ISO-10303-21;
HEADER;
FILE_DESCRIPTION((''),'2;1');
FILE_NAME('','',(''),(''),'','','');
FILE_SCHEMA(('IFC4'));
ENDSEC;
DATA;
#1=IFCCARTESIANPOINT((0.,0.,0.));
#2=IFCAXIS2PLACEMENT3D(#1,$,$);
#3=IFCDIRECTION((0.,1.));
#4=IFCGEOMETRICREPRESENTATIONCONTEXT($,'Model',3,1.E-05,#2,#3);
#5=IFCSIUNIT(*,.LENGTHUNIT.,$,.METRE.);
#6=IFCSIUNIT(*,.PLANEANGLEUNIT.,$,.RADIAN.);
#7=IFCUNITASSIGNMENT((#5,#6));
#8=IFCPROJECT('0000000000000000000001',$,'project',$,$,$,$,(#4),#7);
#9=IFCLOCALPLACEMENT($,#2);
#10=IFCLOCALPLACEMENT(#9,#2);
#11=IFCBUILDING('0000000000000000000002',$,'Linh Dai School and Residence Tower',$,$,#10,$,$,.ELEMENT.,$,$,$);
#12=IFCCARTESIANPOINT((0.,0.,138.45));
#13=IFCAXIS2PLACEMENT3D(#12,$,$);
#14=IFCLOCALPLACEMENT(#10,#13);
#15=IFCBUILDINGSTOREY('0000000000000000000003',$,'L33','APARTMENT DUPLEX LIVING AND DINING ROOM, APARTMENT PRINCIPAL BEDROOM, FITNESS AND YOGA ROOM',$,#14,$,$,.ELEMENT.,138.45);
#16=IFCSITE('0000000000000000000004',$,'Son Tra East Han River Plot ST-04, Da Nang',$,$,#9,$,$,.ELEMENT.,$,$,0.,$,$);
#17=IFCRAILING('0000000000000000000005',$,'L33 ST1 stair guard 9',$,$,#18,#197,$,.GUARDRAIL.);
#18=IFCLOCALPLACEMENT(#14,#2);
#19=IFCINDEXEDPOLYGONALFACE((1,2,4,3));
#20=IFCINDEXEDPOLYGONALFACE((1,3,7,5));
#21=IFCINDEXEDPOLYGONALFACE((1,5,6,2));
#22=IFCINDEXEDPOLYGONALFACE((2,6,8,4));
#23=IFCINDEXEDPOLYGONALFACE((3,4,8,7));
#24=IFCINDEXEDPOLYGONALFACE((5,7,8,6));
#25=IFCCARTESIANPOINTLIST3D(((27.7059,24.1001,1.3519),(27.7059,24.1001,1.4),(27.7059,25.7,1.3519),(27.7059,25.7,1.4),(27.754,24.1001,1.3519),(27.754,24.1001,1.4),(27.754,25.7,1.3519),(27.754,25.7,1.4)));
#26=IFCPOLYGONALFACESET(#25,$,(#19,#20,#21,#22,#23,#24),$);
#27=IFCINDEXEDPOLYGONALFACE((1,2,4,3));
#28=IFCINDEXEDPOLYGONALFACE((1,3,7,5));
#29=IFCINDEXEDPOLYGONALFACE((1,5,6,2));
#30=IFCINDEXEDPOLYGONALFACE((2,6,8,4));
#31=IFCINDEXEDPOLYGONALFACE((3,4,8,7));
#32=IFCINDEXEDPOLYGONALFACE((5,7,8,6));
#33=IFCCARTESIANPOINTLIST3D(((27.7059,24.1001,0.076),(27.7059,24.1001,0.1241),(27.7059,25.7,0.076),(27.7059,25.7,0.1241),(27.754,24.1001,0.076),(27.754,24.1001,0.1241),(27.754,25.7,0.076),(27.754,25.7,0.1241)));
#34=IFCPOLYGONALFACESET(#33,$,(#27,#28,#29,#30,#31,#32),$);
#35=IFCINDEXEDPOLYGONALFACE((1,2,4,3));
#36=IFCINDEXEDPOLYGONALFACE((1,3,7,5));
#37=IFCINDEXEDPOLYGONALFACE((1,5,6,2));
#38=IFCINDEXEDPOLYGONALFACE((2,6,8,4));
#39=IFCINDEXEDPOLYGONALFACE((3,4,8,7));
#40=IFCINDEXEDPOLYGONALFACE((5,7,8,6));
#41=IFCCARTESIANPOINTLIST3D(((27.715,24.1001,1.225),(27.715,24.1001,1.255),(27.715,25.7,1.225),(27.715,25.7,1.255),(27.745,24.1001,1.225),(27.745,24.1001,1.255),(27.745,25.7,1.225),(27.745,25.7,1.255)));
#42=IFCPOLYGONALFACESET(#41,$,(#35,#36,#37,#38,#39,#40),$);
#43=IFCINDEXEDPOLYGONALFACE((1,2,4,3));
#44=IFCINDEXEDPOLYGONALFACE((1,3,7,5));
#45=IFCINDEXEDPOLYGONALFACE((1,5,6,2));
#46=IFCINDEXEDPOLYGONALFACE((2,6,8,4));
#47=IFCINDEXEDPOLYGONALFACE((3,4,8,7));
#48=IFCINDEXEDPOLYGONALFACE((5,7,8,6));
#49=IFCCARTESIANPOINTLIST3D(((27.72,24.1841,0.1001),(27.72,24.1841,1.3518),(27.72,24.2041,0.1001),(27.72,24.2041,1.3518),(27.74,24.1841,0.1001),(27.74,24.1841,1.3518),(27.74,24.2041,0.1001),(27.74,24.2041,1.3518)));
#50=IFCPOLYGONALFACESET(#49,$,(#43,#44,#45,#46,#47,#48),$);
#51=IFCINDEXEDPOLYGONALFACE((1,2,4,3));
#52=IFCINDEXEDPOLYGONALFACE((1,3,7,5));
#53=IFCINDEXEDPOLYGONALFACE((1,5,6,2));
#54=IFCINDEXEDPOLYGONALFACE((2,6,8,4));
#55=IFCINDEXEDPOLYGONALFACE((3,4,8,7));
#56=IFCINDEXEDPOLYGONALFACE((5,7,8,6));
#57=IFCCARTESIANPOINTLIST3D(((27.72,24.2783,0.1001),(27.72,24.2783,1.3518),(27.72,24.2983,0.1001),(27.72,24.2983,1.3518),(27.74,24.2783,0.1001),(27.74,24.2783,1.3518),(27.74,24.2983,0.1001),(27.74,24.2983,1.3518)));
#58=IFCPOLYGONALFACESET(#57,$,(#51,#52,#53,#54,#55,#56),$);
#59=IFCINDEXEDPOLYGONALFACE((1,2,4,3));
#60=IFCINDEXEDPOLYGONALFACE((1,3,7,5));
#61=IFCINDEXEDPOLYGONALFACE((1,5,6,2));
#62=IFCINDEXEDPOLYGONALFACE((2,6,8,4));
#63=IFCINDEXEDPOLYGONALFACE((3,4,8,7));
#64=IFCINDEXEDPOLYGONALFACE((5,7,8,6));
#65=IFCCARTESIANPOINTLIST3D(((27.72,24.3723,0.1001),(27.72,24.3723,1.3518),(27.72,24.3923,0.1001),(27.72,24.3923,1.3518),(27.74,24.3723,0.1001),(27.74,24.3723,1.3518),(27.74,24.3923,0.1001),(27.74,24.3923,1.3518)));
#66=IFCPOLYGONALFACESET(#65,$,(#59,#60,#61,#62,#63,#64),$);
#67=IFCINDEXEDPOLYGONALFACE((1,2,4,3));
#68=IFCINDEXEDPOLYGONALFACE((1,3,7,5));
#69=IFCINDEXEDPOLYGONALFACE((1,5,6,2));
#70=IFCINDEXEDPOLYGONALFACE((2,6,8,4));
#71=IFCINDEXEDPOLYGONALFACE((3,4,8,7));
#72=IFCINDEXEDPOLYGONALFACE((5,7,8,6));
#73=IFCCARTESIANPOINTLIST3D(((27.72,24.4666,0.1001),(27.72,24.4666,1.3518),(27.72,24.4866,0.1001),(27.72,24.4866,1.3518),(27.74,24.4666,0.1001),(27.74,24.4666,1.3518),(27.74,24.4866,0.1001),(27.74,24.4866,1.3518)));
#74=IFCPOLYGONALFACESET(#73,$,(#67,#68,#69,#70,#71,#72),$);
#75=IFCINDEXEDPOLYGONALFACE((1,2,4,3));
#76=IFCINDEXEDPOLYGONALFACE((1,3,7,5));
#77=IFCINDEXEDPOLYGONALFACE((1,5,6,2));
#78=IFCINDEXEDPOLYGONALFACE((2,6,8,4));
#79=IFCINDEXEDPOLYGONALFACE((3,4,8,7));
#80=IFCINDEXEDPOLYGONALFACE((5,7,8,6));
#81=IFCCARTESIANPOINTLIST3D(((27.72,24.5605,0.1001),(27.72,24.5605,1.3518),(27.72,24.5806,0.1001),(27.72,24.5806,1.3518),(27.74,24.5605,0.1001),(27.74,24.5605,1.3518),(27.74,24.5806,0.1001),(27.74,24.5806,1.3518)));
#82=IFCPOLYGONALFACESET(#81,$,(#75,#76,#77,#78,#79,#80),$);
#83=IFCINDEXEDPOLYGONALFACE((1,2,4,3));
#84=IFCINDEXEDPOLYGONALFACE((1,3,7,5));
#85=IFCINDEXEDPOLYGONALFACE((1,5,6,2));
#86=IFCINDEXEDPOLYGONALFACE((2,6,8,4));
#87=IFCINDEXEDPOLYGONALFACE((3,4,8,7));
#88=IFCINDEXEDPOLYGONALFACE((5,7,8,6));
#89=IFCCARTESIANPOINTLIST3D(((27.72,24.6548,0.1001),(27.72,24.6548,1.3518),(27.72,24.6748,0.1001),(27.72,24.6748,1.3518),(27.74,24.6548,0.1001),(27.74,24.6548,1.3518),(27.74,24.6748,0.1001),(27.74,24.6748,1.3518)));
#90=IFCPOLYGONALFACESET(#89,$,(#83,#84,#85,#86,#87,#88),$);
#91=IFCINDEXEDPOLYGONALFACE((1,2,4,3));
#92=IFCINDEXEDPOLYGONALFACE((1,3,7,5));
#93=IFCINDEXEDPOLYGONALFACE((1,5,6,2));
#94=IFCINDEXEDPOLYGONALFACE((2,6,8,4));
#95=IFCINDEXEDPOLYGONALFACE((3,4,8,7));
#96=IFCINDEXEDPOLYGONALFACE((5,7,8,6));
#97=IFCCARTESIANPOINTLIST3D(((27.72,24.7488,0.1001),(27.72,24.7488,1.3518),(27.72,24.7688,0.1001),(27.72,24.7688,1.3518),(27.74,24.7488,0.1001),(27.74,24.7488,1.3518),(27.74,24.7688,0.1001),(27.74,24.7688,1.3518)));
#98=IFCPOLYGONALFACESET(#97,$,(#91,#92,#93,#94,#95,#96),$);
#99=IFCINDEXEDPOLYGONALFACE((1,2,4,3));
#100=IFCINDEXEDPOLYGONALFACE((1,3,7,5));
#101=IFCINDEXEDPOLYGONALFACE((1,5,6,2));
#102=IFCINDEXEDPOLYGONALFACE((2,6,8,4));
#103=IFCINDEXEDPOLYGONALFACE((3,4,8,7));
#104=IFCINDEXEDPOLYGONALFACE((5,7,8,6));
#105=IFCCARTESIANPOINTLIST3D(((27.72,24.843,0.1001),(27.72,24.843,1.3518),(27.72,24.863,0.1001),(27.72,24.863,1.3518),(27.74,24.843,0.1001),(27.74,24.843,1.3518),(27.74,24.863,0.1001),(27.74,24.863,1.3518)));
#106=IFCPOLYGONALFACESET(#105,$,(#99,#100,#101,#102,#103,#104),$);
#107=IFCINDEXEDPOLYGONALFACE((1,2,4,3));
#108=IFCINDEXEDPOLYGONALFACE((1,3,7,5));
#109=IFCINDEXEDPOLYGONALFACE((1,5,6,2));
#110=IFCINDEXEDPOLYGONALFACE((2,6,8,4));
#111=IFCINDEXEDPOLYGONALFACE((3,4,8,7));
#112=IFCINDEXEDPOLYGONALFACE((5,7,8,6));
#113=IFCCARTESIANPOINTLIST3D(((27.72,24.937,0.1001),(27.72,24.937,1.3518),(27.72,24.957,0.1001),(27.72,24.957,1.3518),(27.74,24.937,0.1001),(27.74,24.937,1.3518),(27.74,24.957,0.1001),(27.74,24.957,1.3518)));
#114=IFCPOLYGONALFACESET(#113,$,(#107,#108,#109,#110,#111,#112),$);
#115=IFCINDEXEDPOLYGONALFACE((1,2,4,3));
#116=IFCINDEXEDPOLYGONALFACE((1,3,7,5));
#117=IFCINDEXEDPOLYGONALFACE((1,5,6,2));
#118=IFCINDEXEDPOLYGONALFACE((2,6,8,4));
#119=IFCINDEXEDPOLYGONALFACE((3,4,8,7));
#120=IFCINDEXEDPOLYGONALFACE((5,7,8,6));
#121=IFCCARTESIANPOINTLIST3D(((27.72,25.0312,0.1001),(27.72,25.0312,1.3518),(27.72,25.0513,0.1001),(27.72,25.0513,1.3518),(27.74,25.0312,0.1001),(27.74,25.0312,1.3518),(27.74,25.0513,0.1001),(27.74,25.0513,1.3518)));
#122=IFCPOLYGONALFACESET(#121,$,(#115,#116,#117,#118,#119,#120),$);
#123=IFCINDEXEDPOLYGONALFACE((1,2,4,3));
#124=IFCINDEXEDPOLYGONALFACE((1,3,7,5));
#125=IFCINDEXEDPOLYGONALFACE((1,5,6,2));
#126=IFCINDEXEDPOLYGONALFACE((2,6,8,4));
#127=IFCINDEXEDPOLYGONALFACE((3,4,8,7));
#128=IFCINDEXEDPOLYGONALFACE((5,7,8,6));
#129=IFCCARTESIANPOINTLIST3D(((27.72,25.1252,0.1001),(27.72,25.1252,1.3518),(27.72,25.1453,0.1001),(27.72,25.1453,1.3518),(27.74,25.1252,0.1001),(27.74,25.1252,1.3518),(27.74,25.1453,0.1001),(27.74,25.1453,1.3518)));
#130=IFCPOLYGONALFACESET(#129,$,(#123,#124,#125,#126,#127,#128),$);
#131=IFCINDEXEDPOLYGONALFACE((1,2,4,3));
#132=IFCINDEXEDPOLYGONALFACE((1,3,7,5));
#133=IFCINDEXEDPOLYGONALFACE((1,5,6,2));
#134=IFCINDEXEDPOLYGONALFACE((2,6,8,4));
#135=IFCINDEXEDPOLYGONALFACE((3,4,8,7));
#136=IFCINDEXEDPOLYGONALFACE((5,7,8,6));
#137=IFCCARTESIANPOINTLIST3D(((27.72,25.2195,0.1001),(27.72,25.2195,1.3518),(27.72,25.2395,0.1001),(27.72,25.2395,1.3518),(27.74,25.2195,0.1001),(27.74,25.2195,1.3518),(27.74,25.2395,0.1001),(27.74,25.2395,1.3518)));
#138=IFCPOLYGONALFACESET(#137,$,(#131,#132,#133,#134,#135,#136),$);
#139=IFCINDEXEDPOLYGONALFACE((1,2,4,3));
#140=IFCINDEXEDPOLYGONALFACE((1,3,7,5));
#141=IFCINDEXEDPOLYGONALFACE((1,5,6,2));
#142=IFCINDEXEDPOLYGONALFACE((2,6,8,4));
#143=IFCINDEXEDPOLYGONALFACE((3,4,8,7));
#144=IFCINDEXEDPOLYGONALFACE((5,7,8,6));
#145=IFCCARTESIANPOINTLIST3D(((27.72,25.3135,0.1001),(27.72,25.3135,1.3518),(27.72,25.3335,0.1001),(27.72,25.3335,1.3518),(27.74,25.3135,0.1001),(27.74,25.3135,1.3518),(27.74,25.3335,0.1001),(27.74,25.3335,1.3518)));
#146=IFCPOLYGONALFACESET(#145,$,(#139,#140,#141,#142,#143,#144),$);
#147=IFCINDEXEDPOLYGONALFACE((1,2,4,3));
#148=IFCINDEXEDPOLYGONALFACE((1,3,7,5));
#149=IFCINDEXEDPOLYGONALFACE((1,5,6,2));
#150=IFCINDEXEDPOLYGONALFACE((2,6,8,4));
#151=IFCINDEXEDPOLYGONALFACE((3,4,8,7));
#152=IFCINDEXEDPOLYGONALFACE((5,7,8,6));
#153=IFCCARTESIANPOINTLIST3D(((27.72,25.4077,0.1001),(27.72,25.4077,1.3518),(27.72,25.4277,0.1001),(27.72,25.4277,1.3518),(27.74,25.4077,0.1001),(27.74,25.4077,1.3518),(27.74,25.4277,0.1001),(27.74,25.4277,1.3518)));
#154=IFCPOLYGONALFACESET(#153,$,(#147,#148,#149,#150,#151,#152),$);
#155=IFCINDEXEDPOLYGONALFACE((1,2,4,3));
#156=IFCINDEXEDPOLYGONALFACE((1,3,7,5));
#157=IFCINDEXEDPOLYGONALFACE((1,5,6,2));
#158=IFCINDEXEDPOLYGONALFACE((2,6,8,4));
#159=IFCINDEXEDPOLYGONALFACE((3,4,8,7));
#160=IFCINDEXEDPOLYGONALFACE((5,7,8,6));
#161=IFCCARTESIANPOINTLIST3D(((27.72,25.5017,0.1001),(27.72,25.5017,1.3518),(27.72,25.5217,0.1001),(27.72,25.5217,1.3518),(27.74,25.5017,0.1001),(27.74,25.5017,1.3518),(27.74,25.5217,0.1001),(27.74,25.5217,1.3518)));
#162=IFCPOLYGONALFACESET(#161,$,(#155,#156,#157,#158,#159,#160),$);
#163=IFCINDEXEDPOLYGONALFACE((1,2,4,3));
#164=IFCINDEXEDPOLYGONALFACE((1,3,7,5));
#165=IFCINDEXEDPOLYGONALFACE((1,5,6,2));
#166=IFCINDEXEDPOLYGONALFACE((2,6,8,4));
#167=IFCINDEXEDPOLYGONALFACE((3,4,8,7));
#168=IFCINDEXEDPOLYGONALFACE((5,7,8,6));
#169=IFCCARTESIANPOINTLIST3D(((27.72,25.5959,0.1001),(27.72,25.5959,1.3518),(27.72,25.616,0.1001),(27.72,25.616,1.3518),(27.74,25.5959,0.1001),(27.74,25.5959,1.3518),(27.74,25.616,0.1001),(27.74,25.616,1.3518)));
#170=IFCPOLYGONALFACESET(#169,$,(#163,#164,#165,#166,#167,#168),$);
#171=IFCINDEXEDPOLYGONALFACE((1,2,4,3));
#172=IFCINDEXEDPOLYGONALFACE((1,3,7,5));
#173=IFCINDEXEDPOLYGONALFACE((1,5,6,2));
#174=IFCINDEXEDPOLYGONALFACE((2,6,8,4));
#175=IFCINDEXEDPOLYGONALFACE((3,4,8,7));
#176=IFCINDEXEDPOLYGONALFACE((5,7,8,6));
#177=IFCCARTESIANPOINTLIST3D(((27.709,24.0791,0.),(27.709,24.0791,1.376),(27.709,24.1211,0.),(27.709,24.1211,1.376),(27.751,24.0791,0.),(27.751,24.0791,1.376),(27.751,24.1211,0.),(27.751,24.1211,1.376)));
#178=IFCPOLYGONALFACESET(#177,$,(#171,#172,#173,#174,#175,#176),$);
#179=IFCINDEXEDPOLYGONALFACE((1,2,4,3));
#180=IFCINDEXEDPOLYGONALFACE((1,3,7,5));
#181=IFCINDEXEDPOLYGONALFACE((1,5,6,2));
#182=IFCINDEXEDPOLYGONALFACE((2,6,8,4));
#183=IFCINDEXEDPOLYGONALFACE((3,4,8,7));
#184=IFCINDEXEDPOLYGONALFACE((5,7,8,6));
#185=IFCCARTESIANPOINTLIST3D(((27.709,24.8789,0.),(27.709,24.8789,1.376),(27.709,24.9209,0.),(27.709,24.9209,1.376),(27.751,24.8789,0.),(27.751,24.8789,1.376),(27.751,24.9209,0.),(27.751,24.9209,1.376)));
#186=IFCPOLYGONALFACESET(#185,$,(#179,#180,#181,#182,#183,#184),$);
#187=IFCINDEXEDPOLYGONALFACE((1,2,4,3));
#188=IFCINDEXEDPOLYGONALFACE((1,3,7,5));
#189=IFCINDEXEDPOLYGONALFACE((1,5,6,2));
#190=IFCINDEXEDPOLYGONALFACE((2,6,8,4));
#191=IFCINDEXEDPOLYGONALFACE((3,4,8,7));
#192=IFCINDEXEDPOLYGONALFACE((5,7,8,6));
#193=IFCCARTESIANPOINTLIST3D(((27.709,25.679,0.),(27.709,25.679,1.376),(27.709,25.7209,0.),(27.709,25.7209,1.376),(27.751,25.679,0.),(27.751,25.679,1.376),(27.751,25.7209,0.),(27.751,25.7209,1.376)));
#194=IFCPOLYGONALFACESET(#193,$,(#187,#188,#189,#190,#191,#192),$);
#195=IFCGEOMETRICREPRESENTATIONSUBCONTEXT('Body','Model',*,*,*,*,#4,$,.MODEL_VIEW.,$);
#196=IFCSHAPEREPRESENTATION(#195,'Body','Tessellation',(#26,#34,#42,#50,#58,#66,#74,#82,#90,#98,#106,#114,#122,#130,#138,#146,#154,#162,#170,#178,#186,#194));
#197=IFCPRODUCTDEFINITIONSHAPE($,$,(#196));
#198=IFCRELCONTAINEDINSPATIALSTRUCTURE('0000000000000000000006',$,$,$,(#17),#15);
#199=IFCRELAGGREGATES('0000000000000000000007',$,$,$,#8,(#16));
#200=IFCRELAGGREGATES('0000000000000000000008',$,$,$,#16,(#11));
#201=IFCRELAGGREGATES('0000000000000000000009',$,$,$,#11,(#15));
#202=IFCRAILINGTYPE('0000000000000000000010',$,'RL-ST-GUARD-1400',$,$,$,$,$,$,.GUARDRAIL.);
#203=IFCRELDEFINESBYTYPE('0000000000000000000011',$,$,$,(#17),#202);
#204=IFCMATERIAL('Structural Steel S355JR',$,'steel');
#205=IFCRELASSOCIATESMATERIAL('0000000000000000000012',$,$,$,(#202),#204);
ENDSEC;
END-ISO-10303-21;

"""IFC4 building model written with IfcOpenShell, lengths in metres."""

from ifc_helpers import new_model, si_unit, direction, frame, origin, origin_2d, place, context, subcontext, project, spatial, rectangle, extrude, source, transform, mapped, material, type_object, element, save


model = new_model("IFC4")

# Units and contexts
model_context = context("Model", 3, precision=1e-05, world=origin(), true_north=direction((0.0, 1.0)))
body_context = subcontext(model_context, "Body", "Model", "MODEL_VIEW")
ifc_project = project(units=[si_unit("LENGTHUNIT", "METRE"), si_unit("PLANEANGLEUNIT", "RADIAN")], contexts=[model_context])

# Site, building, storey
site_placement = place(None, origin())
site = spatial("IfcSite", under=ifc_project, at=site_placement, Name="Son Tra East Han River Plot ST-04, Da Nang", CompositionType="ELEMENT", RefElevation=0.0)
building_placement = place(site_placement, origin())
building = spatial("IfcBuilding", under=site, at=building_placement, Name="Linh Dai School and Residence Tower", CompositionType="ELEMENT")
storey_placement = place(building_placement, frame((0.0, 0.0, 138.45)))
storey = spatial("IfcBuildingStorey", under=building, at=storey_placement, Name="L33", Description="APARTMENT DUPLEX LIVING AND DINING ROOM, APARTMENT PRINCIPAL BEDROOM, FITNESS AND YOGA ROOM", CompositionType="ELEMENT", Elevation=138.45)

# Shared definitions
ifc_material_1 = material(Name="Structural Steel S355JR", Category="steel")

# Railing
railing_type = type_object("IfcRailingType", Name="RL-ST-GUARD-1400", PredefinedType="GUARDRAIL", material=ifc_material_1)
shared_shape_1 = source(origin(), body_context, "Body", "SweptSolid", [
    extrude(rectangle(XDim=0.0481, YDim=0.0481, at=origin_2d()), frame((0.0, 0.0, 1.376), z_axis=(0.0, 1.0, 0.0), x_axis=(-1.0, 0.0, 0.0)), (0.0, 0.0, 1.0), 1.5999),
    extrude(rectangle(XDim=0.0481, YDim=0.0481, at=origin_2d()), frame((0.0, 0.0, 0.1001), z_axis=(0.0, 1.0, 0.0), x_axis=(-1.0, 0.0, 0.0)), (0.0, 0.0, 1.0), 1.5999),
    extrude(rectangle(XDim=0.03, YDim=0.03, at=origin_2d()), frame((0.0, 0.0, 1.24), z_axis=(0.0, 1.0, 0.0), x_axis=(-1.0, 0.0, 0.0)), (0.0, 0.0, 1.0), 1.5999),
    extrude(rectangle(XDim=0.02, YDim=0.02, at=origin_2d()), frame((0.0, 0.094, 0.1001)), (0.0, 0.0, 1.0), 1.2517),
    extrude(rectangle(XDim=0.02, YDim=0.02, at=origin_2d()), frame((0.0, 0.1882, 0.1001)), (0.0, 0.0, 1.0), 1.2517),
    extrude(rectangle(XDim=0.02, YDim=0.02, at=origin_2d()), frame((0.0, 0.2822, 0.1001)), (0.0, 0.0, 1.0), 1.2517),
    extrude(rectangle(XDim=0.02, YDim=0.02, at=origin_2d()), frame((0.0, 0.3765, 0.1001)), (0.0, 0.0, 1.0), 1.2517),
    extrude(rectangle(XDim=0.02, YDim=0.02, at=origin_2d()), frame((0.0, 0.4705, 0.1001)), (0.0, 0.0, 1.0), 1.2517),
    extrude(rectangle(XDim=0.02, YDim=0.02, at=origin_2d()), frame((0.0, 0.5647, 0.1001)), (0.0, 0.0, 1.0), 1.2517),
    extrude(rectangle(XDim=0.02, YDim=0.02, at=origin_2d()), frame((0.0, 0.6587, 0.1001)), (0.0, 0.0, 1.0), 1.2517),
    extrude(rectangle(XDim=0.02, YDim=0.02, at=origin_2d()), frame((0.0, 0.7529, 0.1001)), (0.0, 0.0, 1.0), 1.2517),
    extrude(rectangle(XDim=0.02, YDim=0.02, at=origin_2d()), frame((0.0, 0.8469, 0.1001)), (0.0, 0.0, 1.0), 1.2517),
    extrude(rectangle(XDim=0.02, YDim=0.02, at=origin_2d()), frame((0.0, 0.9412, 0.1001)), (0.0, 0.0, 1.0), 1.2517),
    extrude(rectangle(XDim=0.02, YDim=0.02, at=origin_2d()), frame((0.0, 1.0352, 0.1001)), (0.0, 0.0, 1.0), 1.2517),
    extrude(rectangle(XDim=0.02, YDim=0.02, at=origin_2d()), frame((0.0, 1.1294, 0.1001)), (0.0, 0.0, 1.0), 1.2517),
    extrude(rectangle(XDim=0.02, YDim=0.02, at=origin_2d()), frame((0.0, 1.2234, 0.1001)), (0.0, 0.0, 1.0), 1.2517),
    extrude(rectangle(XDim=0.02, YDim=0.02, at=origin_2d()), frame((0.0, 1.3176, 0.1001)), (0.0, 0.0, 1.0), 1.2517),
    extrude(rectangle(XDim=0.02, YDim=0.02, at=origin_2d()), frame((0.0, 1.4116, 0.1001)), (0.0, 0.0, 1.0), 1.2517),
    extrude(rectangle(XDim=0.02, YDim=0.02, at=origin_2d()), frame((0.0, 1.5059, 0.1001)), (0.0, 0.0, 1.0), 1.2517),
    extrude(rectangle(XDim=0.042, YDim=0.042, at=origin_2d()), origin(), (0.0, 0.0, 1.0), 1.376),
    extrude(rectangle(XDim=0.042, YDim=0.042, at=origin_2d()), frame((0.0, 0.7998, 0.0)), (0.0, 0.0, 1.0), 1.376),
    extrude(rectangle(XDim=0.042, YDim=0.042, at=origin_2d()), frame((0.0, 1.5999, 0.0)), (0.0, 0.0, 1.0), 1.376),
])
for number, where, name in (
    (1, (27.73, 24.1001, 0.0), "L33 ST1 stair guard 9"),
):
    element("IfcRailing", number, at=place(storey_placement, frame(where)), inside=storey, type_object=railing_type, Name=name, PredefinedType="GUARDRAIL", context=body_context, shape_type="MappedRepresentation", body=[
        mapped(shared_shape_1, transform((0.0, 0.0, 0.0), x_axis=(1.0, 0.0, 0.0), y_axis=(0.0, 1.0, 0.0), z_axis=(0.0, 0.0, 1.0), scale=1.0)),
    ])

save(model, "model.ifc")
